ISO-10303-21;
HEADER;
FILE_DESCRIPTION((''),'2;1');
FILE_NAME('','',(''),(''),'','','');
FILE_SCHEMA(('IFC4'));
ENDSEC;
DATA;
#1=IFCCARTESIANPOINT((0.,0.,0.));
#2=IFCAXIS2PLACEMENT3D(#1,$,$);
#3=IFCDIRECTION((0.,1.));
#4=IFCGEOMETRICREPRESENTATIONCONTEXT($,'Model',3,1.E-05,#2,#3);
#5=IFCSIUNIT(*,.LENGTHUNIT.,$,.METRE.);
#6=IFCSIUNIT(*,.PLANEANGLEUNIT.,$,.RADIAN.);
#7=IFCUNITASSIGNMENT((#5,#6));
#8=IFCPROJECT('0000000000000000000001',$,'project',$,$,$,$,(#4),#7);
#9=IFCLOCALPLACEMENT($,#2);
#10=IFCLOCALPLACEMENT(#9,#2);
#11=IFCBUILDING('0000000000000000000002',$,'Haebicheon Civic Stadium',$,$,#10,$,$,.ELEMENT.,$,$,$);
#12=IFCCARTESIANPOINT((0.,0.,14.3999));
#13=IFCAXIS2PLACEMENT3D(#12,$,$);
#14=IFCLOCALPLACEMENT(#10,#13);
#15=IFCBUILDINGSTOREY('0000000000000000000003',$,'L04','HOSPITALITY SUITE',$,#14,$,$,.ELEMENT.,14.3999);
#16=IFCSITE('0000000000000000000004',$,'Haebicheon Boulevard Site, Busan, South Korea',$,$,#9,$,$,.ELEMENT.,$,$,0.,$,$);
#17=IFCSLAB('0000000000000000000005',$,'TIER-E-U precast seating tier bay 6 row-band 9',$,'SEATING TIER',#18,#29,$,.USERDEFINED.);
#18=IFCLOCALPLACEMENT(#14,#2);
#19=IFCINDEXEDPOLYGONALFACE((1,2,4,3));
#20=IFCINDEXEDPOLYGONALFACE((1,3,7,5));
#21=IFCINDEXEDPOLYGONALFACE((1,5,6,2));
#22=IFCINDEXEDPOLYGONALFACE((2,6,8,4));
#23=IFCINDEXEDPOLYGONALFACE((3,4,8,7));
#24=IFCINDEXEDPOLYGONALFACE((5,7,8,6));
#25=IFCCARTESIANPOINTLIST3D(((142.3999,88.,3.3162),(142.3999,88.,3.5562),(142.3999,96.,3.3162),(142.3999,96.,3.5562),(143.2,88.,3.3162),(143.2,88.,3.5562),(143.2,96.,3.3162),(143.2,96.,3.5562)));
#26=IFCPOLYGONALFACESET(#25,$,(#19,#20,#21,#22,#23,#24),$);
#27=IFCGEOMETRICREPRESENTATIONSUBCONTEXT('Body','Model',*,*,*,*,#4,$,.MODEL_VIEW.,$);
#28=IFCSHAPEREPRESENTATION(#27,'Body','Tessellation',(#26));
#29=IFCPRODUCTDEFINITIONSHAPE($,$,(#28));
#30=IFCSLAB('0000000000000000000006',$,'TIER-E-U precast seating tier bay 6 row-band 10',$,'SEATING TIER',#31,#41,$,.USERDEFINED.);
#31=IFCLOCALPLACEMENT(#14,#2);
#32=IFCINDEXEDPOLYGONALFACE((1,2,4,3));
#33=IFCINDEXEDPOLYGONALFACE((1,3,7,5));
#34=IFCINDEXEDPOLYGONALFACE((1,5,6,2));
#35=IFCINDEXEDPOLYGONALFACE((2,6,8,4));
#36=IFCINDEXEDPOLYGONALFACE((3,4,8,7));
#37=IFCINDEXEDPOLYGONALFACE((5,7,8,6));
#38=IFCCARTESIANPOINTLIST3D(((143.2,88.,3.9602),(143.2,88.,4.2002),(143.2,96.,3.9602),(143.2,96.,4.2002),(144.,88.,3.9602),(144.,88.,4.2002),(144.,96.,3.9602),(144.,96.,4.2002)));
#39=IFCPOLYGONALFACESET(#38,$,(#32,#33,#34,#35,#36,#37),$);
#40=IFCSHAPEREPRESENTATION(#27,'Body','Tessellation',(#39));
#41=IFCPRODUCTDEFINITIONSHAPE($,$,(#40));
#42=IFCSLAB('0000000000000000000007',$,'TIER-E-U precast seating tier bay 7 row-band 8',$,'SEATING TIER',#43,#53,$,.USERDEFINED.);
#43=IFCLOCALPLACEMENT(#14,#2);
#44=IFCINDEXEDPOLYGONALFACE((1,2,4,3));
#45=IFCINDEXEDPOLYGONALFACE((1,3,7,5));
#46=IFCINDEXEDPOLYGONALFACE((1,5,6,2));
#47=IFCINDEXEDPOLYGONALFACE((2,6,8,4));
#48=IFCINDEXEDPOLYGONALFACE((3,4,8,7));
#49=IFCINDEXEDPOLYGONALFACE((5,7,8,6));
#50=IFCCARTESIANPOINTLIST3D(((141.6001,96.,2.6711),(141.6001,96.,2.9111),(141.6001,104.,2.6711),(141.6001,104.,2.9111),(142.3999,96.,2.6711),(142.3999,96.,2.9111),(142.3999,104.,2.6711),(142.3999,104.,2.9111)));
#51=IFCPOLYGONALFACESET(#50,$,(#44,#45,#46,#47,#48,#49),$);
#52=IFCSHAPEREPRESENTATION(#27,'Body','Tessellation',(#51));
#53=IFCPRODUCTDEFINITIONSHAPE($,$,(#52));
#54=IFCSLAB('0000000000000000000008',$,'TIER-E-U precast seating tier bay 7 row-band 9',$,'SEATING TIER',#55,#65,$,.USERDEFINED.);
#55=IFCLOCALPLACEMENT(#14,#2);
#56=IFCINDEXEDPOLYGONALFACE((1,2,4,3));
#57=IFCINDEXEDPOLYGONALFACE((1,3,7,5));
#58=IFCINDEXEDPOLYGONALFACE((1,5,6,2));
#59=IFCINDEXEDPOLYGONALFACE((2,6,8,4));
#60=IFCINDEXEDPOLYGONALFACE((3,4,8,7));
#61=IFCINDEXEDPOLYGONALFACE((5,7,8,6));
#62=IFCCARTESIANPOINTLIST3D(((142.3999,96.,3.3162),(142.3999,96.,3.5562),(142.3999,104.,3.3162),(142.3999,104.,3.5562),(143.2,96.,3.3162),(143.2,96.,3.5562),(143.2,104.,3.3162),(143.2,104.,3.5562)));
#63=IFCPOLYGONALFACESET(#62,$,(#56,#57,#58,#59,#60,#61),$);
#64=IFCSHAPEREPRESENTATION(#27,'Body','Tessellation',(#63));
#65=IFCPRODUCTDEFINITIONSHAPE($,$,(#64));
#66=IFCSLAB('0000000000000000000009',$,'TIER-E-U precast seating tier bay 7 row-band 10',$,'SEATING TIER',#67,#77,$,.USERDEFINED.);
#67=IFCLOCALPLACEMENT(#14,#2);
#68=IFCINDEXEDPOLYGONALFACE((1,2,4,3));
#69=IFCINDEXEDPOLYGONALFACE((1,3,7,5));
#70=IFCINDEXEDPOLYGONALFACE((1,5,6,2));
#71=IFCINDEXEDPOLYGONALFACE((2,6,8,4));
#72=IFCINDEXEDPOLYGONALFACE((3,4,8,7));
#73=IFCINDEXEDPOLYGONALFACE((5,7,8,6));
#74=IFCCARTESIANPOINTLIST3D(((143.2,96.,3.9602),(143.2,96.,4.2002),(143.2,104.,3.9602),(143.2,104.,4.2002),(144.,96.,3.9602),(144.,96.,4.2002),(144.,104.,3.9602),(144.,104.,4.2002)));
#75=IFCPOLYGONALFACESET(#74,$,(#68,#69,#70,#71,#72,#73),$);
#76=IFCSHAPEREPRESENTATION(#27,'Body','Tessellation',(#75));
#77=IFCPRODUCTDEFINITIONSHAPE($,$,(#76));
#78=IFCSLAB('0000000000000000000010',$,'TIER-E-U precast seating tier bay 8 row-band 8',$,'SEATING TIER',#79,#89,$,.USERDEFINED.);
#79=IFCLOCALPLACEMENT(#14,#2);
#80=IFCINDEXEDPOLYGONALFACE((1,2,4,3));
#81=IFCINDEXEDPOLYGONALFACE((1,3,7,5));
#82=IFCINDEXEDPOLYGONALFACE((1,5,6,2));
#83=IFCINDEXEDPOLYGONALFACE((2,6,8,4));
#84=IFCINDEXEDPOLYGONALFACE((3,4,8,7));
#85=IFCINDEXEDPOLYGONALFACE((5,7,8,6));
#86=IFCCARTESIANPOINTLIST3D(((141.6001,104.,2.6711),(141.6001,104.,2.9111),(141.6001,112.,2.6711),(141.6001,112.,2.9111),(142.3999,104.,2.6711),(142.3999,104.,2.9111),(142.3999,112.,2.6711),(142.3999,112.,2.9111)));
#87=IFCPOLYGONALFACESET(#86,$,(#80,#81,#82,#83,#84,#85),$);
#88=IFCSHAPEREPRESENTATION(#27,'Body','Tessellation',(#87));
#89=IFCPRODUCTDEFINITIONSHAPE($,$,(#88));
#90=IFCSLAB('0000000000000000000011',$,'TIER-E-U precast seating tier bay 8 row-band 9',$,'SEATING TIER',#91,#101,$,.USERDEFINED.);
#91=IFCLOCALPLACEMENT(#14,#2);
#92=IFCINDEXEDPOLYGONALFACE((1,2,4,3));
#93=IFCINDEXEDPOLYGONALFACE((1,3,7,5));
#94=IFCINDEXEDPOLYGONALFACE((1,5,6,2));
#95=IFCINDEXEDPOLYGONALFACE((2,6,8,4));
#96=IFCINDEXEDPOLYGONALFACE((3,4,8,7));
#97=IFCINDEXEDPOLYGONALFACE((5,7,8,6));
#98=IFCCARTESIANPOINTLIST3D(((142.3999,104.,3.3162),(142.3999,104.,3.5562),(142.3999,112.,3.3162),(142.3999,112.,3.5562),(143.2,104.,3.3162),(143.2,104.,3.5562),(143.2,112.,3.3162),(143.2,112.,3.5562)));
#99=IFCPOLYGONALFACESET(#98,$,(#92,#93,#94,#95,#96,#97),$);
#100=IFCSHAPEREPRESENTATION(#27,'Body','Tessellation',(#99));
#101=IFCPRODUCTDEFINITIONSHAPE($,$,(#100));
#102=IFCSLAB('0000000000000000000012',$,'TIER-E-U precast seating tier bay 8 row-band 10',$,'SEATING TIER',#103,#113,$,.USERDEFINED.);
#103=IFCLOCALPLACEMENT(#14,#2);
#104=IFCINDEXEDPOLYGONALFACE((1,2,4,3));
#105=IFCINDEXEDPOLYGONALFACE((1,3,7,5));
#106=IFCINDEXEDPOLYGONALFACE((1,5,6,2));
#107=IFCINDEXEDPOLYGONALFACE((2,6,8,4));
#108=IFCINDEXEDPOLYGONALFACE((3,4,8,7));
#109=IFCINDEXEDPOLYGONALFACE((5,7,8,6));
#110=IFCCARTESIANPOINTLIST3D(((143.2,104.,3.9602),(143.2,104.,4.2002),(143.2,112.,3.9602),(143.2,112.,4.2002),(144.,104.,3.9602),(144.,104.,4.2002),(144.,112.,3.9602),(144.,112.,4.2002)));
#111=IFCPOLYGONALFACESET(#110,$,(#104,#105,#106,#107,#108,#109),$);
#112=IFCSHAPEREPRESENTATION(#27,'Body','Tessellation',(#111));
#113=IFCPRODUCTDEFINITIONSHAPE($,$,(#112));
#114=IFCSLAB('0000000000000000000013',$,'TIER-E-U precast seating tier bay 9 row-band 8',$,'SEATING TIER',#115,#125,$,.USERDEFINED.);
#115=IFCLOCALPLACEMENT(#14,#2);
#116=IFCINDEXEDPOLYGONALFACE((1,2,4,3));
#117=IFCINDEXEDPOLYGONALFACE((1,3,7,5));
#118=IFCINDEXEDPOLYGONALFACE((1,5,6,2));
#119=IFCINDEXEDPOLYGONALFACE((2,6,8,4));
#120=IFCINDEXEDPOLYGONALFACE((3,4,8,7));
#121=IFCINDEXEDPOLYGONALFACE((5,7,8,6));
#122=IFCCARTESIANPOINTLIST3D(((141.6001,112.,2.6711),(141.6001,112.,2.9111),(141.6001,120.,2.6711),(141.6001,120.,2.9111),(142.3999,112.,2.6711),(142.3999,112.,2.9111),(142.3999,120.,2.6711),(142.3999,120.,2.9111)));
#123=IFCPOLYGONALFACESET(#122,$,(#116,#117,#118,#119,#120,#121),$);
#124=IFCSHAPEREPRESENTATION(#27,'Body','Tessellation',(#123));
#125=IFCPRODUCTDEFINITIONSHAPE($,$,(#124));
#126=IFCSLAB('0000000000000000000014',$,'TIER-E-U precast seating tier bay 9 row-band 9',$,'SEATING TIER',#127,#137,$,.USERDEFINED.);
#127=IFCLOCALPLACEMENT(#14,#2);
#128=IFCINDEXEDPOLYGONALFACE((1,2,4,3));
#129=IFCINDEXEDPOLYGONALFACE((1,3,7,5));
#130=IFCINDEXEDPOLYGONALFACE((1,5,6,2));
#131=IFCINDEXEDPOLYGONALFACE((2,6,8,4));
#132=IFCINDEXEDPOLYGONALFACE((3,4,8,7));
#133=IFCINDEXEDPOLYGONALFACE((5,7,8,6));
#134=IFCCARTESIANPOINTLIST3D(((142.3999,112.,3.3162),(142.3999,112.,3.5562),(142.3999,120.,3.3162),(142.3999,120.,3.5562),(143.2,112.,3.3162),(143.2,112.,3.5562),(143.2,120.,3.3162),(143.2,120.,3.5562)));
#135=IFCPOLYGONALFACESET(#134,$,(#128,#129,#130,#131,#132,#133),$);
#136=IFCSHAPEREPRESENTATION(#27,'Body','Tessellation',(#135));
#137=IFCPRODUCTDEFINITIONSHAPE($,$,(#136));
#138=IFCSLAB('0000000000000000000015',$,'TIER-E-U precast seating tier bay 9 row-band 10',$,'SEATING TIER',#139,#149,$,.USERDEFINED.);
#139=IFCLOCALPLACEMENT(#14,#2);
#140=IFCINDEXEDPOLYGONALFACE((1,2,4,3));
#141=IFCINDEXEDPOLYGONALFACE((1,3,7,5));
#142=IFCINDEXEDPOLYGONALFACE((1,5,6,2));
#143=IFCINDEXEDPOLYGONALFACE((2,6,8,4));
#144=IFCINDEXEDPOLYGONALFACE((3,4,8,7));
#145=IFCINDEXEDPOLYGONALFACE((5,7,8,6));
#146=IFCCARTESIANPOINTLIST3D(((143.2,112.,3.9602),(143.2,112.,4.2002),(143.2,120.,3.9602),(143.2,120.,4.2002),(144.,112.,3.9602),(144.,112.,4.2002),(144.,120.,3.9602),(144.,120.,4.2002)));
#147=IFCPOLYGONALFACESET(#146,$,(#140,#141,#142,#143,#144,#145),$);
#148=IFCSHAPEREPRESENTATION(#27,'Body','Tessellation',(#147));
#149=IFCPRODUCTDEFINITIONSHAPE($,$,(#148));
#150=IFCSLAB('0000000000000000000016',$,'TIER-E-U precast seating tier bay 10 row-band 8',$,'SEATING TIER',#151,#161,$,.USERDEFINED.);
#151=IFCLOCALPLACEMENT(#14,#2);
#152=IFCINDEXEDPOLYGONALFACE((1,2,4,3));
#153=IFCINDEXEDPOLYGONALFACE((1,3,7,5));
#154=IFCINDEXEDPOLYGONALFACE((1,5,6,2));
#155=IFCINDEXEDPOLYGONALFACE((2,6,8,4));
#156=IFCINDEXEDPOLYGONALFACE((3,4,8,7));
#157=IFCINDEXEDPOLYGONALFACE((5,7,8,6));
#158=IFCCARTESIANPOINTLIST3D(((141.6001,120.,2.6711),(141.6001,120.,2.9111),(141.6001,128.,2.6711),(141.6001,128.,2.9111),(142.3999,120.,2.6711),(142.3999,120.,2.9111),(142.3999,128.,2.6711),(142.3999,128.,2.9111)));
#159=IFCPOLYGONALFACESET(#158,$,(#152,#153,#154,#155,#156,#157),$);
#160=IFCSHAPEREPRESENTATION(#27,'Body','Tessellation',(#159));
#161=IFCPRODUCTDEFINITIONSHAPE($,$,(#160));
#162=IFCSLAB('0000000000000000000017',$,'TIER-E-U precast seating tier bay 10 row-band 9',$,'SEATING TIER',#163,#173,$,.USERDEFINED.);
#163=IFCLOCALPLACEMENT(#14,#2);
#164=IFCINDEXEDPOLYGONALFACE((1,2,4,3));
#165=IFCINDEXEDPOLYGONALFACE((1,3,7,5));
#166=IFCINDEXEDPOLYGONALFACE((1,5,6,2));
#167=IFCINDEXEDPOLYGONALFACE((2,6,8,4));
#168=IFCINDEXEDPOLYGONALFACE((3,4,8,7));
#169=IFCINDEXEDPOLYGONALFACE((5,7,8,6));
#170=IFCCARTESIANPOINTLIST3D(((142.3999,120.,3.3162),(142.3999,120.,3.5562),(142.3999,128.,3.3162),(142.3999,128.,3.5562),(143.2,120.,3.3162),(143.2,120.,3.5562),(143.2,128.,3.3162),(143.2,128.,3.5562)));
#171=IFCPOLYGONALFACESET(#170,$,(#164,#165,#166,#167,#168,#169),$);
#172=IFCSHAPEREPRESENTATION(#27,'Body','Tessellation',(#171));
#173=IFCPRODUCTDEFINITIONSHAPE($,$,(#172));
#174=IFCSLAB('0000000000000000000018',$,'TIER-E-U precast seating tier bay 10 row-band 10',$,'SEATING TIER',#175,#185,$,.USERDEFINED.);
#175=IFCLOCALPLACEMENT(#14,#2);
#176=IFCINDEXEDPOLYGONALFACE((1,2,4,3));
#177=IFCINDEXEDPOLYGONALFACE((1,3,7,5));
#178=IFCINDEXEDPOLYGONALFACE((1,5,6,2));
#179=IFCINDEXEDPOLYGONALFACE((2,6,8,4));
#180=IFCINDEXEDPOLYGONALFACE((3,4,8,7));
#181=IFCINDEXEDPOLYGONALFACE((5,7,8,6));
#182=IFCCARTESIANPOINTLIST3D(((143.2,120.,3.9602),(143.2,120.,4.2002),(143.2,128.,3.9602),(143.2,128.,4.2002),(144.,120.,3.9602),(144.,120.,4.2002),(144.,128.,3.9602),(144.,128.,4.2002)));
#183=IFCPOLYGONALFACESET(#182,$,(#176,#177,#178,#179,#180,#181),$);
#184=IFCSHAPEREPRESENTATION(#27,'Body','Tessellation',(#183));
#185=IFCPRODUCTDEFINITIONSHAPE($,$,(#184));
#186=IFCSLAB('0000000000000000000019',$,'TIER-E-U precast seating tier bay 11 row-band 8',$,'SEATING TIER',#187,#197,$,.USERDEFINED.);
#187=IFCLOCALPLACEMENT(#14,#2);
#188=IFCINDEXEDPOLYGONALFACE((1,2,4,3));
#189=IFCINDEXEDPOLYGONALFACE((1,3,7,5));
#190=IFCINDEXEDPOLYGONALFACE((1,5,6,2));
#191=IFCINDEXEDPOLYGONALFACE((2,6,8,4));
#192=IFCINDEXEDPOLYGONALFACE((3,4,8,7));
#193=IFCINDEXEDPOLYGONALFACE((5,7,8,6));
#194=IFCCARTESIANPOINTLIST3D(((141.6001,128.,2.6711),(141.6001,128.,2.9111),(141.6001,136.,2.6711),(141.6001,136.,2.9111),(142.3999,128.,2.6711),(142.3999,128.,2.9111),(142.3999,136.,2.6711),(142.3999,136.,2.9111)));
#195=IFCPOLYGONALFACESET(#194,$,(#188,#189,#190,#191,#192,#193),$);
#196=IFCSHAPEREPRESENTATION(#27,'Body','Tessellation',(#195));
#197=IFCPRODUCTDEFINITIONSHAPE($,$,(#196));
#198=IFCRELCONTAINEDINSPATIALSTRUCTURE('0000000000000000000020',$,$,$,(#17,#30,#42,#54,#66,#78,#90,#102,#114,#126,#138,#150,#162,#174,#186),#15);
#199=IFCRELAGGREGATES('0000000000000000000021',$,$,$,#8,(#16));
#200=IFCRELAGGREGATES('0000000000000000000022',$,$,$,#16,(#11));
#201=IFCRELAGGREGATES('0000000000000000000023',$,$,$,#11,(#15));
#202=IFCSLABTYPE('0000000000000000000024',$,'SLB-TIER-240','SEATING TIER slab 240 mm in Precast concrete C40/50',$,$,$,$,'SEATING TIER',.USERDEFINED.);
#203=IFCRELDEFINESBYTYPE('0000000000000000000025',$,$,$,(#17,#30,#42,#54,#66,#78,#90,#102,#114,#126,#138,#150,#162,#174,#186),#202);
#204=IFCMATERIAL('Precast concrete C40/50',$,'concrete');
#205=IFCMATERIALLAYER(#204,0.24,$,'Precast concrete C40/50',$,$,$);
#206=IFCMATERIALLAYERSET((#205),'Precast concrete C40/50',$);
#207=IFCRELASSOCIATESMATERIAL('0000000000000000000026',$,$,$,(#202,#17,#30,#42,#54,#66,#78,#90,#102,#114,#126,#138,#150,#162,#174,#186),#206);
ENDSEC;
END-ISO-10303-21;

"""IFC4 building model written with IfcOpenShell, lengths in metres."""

from ifc_helpers import new_model, si_unit, direction, frame, origin, place, context, subcontext, project, spatial, polyline, outline, extrude, material, layer, layer_set, type_object, element, save


model = new_model("IFC4")

# Units and contexts
model_context = context("Model", 3, precision=1e-05, world=origin(), true_north=direction((0.0, 1.0)))
body_context = subcontext(model_context, "Body", "Model", "MODEL_VIEW")
ifc_project = project(units=[si_unit("LENGTHUNIT", "METRE"), si_unit("PLANEANGLEUNIT", "RADIAN")], contexts=[model_context])

# Site, building, storey
site_placement = place(None, origin())
site = spatial("IfcSite", under=ifc_project, at=site_placement, Name="Haebicheon Boulevard Site, Busan, South Korea", CompositionType="ELEMENT", RefElevation=0.0)
building_placement = place(site_placement, origin())
building = spatial("IfcBuilding", under=site, at=building_placement, Name="Haebicheon Civic Stadium", CompositionType="ELEMENT")
storey_placement = place(building_placement, frame((0.0, 0.0, 14.3999)))
storey = spatial("IfcBuildingStorey", under=building, at=storey_placement, Name="L04", Description="HOSPITALITY SUITE", CompositionType="ELEMENT", Elevation=14.3999)

# Slabs
ifc_material = material(Name="Precast concrete C40/50", Category="concrete")
ifc_layer = layer(ifc_material, 0.24, Name="Precast concrete C40/50")
ifc_layer_set = layer_set([ifc_layer], Name="Precast concrete C40/50")
slab_type = type_object("IfcSlabType", Name="SLB-TIER-240", Description="SEATING TIER slab 240 mm in Precast concrete C40/50", ElementType="SEATING TIER", PredefinedType="USERDEFINED", material=ifc_layer_set)
slab_1_placement = place(storey_placement, frame((0.0, 0.0, 3.3162)))
element("IfcSlab", 1, at=slab_1_placement, inside=storey, type_object=slab_type, material=ifc_layer_set, Name="TIER-E-U precast seating tier bay 6 row-band 9", ObjectType="SEATING TIER", PredefinedType="USERDEFINED", context=body_context, shape_type="SweptSolid", body=[
    extrude(outline(polyline([(142.3999, 88.0), (143.2, 88.0), (143.2, 96.0), (142.3999, 96.0), (142.3999, 88.0)])), origin(), (0.0, 0.0, 1.0), 0.24),
])
slab_2_placement = place(storey_placement, frame((0.0, 0.0, 3.9602)))
element("IfcSlab", 2, at=slab_2_placement, inside=storey, type_object=slab_type, material=ifc_layer_set, Name="TIER-E-U precast seating tier bay 6 row-band 10", ObjectType="SEATING TIER", PredefinedType="USERDEFINED", context=body_context, shape_type="SweptSolid", body=[
    extrude(outline(polyline([(143.2, 88.0), (144.0, 88.0), (144.0, 96.0), (143.2, 96.0), (143.2, 88.0)])), origin(), (0.0, 0.0, 1.0), 0.24),
])
slab_3_placement = place(storey_placement, frame((0.0, 0.0, 2.6711)))
element("IfcSlab", 3, at=slab_3_placement, inside=storey, type_object=slab_type, material=ifc_layer_set, Name="TIER-E-U precast seating tier bay 7 row-band 8", ObjectType="SEATING TIER", PredefinedType="USERDEFINED", context=body_context, shape_type="SweptSolid", body=[
    extrude(outline(polyline([(141.6001, 96.0), (142.3999, 96.0), (142.3999, 104.0), (141.6001, 104.0), (141.6001, 96.0)])), origin(), (0.0, 0.0, 1.0), 0.24),
])
slab_4_placement = place(storey_placement, frame((0.0, 0.0, 3.3162)))
element("IfcSlab", 4, at=slab_4_placement, inside=storey, type_object=slab_type, material=ifc_layer_set, Name="TIER-E-U precast seating tier bay 7 row-band 9", ObjectType="SEATING TIER", PredefinedType="USERDEFINED", context=body_context, shape_type="SweptSolid", body=[
    extrude(outline(polyline([(142.3999, 96.0), (143.2, 96.0), (143.2, 104.0), (142.3999, 104.0), (142.3999, 96.0)])), origin(), (0.0, 0.0, 1.0), 0.24),
])
slab_5_placement = place(storey_placement, frame((0.0, 0.0, 3.9602)))
element("IfcSlab", 5, at=slab_5_placement, inside=storey, type_object=slab_type, material=ifc_layer_set, Name="TIER-E-U precast seating tier bay 7 row-band 10", ObjectType="SEATING TIER", PredefinedType="USERDEFINED", context=body_context, shape_type="SweptSolid", body=[
    extrude(outline(polyline([(143.2, 96.0), (144.0, 96.0), (144.0, 104.0), (143.2, 104.0), (143.2, 96.0)])), origin(), (0.0, 0.0, 1.0), 0.24),
])
slab_6_placement = place(storey_placement, frame((0.0, 0.0, 2.6711)))
element("IfcSlab", 6, at=slab_6_placement, inside=storey, type_object=slab_type, material=ifc_layer_set, Name="TIER-E-U precast seating tier bay 8 row-band 8", ObjectType="SEATING TIER", PredefinedType="USERDEFINED", context=body_context, shape_type="SweptSolid", body=[
    extrude(outline(polyline([(141.6001, 104.0), (142.3999, 104.0), (142.3999, 112.0), (141.6001, 112.0), (141.6001, 104.0)])), origin(), (0.0, 0.0, 1.0), 0.24),
])
slab_7_placement = place(storey_placement, frame((0.0, 0.0, 3.3162)))
element("IfcSlab", 7, at=slab_7_placement, inside=storey, type_object=slab_type, material=ifc_layer_set, Name="TIER-E-U precast seating tier bay 8 row-band 9", ObjectType="SEATING TIER", PredefinedType="USERDEFINED", context=body_context, shape_type="SweptSolid", body=[
    extrude(outline(polyline([(142.3999, 104.0), (143.2, 104.0), (143.2, 112.0), (142.3999, 112.0), (142.3999, 104.0)])), origin(), (0.0, 0.0, 1.0), 0.24),
])
slab_8_placement = place(storey_placement, frame((0.0, 0.0, 3.9602)))
element("IfcSlab", 8, at=slab_8_placement, inside=storey, type_object=slab_type, material=ifc_layer_set, Name="TIER-E-U precast seating tier bay 8 row-band 10", ObjectType="SEATING TIER", PredefinedType="USERDEFINED", context=body_context, shape_type="SweptSolid", body=[
    extrude(outline(polyline([(143.2, 104.0), (144.0, 104.0), (144.0, 112.0), (143.2, 112.0), (143.2, 104.0)])), origin(), (0.0, 0.0, 1.0), 0.24),
])
slab_9_placement = place(storey_placement, frame((0.0, 0.0, 2.6711)))
element("IfcSlab", 9, at=slab_9_placement, inside=storey, type_object=slab_type, material=ifc_layer_set, Name="TIER-E-U precast seating tier bay 9 row-band 8", ObjectType="SEATING TIER", PredefinedType="USERDEFINED", context=body_context, shape_type="SweptSolid", body=[
    extrude(outline(polyline([(141.6001, 112.0), (142.3999, 112.0), (142.3999, 120.0), (141.6001, 120.0), (141.6001, 112.0)])), origin(), (0.0, 0.0, 1.0), 0.24),
])
slab_10_placement = place(storey_placement, frame((0.0, 0.0, 3.3162)))
element("IfcSlab", 10, at=slab_10_placement, inside=storey, type_object=slab_type, material=ifc_layer_set, Name="TIER-E-U precast seating tier bay 9 row-band 9", ObjectType="SEATING TIER", PredefinedType="USERDEFINED", context=body_context, shape_type="SweptSolid", body=[
    extrude(outline(polyline([(142.3999, 112.0), (143.2, 112.0), (143.2, 120.0), (142.3999, 120.0), (142.3999, 112.0)])), origin(), (0.0, 0.0, 1.0), 0.24),
])
slab_11_placement = place(storey_placement, frame((0.0, 0.0, 3.9602)))
element("IfcSlab", 11, at=slab_11_placement, inside=storey, type_object=slab_type, material=ifc_layer_set, Name="TIER-E-U precast seating tier bay 9 row-band 10", ObjectType="SEATING TIER", PredefinedType="USERDEFINED", context=body_context, shape_type="SweptSolid", body=[
    extrude(outline(polyline([(143.2, 112.0), (144.0, 112.0), (144.0, 120.0), (143.2, 120.0), (143.2, 112.0)])), origin(), (0.0, 0.0, 1.0), 0.24),
])
slab_12_placement = place(storey_placement, frame((0.0, 0.0, 2.6711)))
element("IfcSlab", 12, at=slab_12_placement, inside=storey, type_object=slab_type, material=ifc_layer_set, Name="TIER-E-U precast seating tier bay 10 row-band 8", ObjectType="SEATING TIER", PredefinedType="USERDEFINED", context=body_context, shape_type="SweptSolid", body=[
    extrude(outline(polyline([(141.6001, 120.0), (142.3999, 120.0), (142.3999, 128.0), (141.6001, 128.0), (141.6001, 120.0)])), origin(), (0.0, 0.0, 1.0), 0.24),
])
slab_13_placement = place(storey_placement, frame((0.0, 0.0, 3.3162)))
element("IfcSlab", 13, at=slab_13_placement, inside=storey, type_object=slab_type, material=ifc_layer_set, Name="TIER-E-U precast seating tier bay 10 row-band 9", ObjectType="SEATING TIER", PredefinedType="USERDEFINED", context=body_context, shape_type="SweptSolid", body=[
    extrude(outline(polyline([(142.3999, 120.0), (143.2, 120.0), (143.2, 128.0), (142.3999, 128.0), (142.3999, 120.0)])), origin(), (0.0, 0.0, 1.0), 0.24),
])
slab_14_placement = place(storey_placement, frame((0.0, 0.0, 3.9602)))
element("IfcSlab", 14, at=slab_14_placement, inside=storey, type_object=slab_type, material=ifc_layer_set, Name="TIER-E-U precast seating tier bay 10 row-band 10", ObjectType="SEATING TIER", PredefinedType="USERDEFINED", context=body_context, shape_type="SweptSolid", body=[
    extrude(outline(polyline([(143.2, 120.0), (144.0, 120.0), (144.0, 128.0), (143.2, 128.0), (143.2, 120.0)])), origin(), (0.0, 0.0, 1.0), 0.24),
])
slab_15_placement = place(storey_placement, frame((0.0, 0.0, 2.6711)))
element("IfcSlab", 15, at=slab_15_placement, inside=storey, type_object=slab_type, material=ifc_layer_set, Name="TIER-E-U precast seating tier bay 11 row-band 8", ObjectType="SEATING TIER", PredefinedType="USERDEFINED", context=body_context, shape_type="SweptSolid", body=[
    extrude(outline(polyline([(141.6001, 128.0), (142.3999, 128.0), (142.3999, 136.0), (141.6001, 136.0), (141.6001, 128.0)])), origin(), (0.0, 0.0, 1.0), 0.24),
])

save(model, "model.ifc")
